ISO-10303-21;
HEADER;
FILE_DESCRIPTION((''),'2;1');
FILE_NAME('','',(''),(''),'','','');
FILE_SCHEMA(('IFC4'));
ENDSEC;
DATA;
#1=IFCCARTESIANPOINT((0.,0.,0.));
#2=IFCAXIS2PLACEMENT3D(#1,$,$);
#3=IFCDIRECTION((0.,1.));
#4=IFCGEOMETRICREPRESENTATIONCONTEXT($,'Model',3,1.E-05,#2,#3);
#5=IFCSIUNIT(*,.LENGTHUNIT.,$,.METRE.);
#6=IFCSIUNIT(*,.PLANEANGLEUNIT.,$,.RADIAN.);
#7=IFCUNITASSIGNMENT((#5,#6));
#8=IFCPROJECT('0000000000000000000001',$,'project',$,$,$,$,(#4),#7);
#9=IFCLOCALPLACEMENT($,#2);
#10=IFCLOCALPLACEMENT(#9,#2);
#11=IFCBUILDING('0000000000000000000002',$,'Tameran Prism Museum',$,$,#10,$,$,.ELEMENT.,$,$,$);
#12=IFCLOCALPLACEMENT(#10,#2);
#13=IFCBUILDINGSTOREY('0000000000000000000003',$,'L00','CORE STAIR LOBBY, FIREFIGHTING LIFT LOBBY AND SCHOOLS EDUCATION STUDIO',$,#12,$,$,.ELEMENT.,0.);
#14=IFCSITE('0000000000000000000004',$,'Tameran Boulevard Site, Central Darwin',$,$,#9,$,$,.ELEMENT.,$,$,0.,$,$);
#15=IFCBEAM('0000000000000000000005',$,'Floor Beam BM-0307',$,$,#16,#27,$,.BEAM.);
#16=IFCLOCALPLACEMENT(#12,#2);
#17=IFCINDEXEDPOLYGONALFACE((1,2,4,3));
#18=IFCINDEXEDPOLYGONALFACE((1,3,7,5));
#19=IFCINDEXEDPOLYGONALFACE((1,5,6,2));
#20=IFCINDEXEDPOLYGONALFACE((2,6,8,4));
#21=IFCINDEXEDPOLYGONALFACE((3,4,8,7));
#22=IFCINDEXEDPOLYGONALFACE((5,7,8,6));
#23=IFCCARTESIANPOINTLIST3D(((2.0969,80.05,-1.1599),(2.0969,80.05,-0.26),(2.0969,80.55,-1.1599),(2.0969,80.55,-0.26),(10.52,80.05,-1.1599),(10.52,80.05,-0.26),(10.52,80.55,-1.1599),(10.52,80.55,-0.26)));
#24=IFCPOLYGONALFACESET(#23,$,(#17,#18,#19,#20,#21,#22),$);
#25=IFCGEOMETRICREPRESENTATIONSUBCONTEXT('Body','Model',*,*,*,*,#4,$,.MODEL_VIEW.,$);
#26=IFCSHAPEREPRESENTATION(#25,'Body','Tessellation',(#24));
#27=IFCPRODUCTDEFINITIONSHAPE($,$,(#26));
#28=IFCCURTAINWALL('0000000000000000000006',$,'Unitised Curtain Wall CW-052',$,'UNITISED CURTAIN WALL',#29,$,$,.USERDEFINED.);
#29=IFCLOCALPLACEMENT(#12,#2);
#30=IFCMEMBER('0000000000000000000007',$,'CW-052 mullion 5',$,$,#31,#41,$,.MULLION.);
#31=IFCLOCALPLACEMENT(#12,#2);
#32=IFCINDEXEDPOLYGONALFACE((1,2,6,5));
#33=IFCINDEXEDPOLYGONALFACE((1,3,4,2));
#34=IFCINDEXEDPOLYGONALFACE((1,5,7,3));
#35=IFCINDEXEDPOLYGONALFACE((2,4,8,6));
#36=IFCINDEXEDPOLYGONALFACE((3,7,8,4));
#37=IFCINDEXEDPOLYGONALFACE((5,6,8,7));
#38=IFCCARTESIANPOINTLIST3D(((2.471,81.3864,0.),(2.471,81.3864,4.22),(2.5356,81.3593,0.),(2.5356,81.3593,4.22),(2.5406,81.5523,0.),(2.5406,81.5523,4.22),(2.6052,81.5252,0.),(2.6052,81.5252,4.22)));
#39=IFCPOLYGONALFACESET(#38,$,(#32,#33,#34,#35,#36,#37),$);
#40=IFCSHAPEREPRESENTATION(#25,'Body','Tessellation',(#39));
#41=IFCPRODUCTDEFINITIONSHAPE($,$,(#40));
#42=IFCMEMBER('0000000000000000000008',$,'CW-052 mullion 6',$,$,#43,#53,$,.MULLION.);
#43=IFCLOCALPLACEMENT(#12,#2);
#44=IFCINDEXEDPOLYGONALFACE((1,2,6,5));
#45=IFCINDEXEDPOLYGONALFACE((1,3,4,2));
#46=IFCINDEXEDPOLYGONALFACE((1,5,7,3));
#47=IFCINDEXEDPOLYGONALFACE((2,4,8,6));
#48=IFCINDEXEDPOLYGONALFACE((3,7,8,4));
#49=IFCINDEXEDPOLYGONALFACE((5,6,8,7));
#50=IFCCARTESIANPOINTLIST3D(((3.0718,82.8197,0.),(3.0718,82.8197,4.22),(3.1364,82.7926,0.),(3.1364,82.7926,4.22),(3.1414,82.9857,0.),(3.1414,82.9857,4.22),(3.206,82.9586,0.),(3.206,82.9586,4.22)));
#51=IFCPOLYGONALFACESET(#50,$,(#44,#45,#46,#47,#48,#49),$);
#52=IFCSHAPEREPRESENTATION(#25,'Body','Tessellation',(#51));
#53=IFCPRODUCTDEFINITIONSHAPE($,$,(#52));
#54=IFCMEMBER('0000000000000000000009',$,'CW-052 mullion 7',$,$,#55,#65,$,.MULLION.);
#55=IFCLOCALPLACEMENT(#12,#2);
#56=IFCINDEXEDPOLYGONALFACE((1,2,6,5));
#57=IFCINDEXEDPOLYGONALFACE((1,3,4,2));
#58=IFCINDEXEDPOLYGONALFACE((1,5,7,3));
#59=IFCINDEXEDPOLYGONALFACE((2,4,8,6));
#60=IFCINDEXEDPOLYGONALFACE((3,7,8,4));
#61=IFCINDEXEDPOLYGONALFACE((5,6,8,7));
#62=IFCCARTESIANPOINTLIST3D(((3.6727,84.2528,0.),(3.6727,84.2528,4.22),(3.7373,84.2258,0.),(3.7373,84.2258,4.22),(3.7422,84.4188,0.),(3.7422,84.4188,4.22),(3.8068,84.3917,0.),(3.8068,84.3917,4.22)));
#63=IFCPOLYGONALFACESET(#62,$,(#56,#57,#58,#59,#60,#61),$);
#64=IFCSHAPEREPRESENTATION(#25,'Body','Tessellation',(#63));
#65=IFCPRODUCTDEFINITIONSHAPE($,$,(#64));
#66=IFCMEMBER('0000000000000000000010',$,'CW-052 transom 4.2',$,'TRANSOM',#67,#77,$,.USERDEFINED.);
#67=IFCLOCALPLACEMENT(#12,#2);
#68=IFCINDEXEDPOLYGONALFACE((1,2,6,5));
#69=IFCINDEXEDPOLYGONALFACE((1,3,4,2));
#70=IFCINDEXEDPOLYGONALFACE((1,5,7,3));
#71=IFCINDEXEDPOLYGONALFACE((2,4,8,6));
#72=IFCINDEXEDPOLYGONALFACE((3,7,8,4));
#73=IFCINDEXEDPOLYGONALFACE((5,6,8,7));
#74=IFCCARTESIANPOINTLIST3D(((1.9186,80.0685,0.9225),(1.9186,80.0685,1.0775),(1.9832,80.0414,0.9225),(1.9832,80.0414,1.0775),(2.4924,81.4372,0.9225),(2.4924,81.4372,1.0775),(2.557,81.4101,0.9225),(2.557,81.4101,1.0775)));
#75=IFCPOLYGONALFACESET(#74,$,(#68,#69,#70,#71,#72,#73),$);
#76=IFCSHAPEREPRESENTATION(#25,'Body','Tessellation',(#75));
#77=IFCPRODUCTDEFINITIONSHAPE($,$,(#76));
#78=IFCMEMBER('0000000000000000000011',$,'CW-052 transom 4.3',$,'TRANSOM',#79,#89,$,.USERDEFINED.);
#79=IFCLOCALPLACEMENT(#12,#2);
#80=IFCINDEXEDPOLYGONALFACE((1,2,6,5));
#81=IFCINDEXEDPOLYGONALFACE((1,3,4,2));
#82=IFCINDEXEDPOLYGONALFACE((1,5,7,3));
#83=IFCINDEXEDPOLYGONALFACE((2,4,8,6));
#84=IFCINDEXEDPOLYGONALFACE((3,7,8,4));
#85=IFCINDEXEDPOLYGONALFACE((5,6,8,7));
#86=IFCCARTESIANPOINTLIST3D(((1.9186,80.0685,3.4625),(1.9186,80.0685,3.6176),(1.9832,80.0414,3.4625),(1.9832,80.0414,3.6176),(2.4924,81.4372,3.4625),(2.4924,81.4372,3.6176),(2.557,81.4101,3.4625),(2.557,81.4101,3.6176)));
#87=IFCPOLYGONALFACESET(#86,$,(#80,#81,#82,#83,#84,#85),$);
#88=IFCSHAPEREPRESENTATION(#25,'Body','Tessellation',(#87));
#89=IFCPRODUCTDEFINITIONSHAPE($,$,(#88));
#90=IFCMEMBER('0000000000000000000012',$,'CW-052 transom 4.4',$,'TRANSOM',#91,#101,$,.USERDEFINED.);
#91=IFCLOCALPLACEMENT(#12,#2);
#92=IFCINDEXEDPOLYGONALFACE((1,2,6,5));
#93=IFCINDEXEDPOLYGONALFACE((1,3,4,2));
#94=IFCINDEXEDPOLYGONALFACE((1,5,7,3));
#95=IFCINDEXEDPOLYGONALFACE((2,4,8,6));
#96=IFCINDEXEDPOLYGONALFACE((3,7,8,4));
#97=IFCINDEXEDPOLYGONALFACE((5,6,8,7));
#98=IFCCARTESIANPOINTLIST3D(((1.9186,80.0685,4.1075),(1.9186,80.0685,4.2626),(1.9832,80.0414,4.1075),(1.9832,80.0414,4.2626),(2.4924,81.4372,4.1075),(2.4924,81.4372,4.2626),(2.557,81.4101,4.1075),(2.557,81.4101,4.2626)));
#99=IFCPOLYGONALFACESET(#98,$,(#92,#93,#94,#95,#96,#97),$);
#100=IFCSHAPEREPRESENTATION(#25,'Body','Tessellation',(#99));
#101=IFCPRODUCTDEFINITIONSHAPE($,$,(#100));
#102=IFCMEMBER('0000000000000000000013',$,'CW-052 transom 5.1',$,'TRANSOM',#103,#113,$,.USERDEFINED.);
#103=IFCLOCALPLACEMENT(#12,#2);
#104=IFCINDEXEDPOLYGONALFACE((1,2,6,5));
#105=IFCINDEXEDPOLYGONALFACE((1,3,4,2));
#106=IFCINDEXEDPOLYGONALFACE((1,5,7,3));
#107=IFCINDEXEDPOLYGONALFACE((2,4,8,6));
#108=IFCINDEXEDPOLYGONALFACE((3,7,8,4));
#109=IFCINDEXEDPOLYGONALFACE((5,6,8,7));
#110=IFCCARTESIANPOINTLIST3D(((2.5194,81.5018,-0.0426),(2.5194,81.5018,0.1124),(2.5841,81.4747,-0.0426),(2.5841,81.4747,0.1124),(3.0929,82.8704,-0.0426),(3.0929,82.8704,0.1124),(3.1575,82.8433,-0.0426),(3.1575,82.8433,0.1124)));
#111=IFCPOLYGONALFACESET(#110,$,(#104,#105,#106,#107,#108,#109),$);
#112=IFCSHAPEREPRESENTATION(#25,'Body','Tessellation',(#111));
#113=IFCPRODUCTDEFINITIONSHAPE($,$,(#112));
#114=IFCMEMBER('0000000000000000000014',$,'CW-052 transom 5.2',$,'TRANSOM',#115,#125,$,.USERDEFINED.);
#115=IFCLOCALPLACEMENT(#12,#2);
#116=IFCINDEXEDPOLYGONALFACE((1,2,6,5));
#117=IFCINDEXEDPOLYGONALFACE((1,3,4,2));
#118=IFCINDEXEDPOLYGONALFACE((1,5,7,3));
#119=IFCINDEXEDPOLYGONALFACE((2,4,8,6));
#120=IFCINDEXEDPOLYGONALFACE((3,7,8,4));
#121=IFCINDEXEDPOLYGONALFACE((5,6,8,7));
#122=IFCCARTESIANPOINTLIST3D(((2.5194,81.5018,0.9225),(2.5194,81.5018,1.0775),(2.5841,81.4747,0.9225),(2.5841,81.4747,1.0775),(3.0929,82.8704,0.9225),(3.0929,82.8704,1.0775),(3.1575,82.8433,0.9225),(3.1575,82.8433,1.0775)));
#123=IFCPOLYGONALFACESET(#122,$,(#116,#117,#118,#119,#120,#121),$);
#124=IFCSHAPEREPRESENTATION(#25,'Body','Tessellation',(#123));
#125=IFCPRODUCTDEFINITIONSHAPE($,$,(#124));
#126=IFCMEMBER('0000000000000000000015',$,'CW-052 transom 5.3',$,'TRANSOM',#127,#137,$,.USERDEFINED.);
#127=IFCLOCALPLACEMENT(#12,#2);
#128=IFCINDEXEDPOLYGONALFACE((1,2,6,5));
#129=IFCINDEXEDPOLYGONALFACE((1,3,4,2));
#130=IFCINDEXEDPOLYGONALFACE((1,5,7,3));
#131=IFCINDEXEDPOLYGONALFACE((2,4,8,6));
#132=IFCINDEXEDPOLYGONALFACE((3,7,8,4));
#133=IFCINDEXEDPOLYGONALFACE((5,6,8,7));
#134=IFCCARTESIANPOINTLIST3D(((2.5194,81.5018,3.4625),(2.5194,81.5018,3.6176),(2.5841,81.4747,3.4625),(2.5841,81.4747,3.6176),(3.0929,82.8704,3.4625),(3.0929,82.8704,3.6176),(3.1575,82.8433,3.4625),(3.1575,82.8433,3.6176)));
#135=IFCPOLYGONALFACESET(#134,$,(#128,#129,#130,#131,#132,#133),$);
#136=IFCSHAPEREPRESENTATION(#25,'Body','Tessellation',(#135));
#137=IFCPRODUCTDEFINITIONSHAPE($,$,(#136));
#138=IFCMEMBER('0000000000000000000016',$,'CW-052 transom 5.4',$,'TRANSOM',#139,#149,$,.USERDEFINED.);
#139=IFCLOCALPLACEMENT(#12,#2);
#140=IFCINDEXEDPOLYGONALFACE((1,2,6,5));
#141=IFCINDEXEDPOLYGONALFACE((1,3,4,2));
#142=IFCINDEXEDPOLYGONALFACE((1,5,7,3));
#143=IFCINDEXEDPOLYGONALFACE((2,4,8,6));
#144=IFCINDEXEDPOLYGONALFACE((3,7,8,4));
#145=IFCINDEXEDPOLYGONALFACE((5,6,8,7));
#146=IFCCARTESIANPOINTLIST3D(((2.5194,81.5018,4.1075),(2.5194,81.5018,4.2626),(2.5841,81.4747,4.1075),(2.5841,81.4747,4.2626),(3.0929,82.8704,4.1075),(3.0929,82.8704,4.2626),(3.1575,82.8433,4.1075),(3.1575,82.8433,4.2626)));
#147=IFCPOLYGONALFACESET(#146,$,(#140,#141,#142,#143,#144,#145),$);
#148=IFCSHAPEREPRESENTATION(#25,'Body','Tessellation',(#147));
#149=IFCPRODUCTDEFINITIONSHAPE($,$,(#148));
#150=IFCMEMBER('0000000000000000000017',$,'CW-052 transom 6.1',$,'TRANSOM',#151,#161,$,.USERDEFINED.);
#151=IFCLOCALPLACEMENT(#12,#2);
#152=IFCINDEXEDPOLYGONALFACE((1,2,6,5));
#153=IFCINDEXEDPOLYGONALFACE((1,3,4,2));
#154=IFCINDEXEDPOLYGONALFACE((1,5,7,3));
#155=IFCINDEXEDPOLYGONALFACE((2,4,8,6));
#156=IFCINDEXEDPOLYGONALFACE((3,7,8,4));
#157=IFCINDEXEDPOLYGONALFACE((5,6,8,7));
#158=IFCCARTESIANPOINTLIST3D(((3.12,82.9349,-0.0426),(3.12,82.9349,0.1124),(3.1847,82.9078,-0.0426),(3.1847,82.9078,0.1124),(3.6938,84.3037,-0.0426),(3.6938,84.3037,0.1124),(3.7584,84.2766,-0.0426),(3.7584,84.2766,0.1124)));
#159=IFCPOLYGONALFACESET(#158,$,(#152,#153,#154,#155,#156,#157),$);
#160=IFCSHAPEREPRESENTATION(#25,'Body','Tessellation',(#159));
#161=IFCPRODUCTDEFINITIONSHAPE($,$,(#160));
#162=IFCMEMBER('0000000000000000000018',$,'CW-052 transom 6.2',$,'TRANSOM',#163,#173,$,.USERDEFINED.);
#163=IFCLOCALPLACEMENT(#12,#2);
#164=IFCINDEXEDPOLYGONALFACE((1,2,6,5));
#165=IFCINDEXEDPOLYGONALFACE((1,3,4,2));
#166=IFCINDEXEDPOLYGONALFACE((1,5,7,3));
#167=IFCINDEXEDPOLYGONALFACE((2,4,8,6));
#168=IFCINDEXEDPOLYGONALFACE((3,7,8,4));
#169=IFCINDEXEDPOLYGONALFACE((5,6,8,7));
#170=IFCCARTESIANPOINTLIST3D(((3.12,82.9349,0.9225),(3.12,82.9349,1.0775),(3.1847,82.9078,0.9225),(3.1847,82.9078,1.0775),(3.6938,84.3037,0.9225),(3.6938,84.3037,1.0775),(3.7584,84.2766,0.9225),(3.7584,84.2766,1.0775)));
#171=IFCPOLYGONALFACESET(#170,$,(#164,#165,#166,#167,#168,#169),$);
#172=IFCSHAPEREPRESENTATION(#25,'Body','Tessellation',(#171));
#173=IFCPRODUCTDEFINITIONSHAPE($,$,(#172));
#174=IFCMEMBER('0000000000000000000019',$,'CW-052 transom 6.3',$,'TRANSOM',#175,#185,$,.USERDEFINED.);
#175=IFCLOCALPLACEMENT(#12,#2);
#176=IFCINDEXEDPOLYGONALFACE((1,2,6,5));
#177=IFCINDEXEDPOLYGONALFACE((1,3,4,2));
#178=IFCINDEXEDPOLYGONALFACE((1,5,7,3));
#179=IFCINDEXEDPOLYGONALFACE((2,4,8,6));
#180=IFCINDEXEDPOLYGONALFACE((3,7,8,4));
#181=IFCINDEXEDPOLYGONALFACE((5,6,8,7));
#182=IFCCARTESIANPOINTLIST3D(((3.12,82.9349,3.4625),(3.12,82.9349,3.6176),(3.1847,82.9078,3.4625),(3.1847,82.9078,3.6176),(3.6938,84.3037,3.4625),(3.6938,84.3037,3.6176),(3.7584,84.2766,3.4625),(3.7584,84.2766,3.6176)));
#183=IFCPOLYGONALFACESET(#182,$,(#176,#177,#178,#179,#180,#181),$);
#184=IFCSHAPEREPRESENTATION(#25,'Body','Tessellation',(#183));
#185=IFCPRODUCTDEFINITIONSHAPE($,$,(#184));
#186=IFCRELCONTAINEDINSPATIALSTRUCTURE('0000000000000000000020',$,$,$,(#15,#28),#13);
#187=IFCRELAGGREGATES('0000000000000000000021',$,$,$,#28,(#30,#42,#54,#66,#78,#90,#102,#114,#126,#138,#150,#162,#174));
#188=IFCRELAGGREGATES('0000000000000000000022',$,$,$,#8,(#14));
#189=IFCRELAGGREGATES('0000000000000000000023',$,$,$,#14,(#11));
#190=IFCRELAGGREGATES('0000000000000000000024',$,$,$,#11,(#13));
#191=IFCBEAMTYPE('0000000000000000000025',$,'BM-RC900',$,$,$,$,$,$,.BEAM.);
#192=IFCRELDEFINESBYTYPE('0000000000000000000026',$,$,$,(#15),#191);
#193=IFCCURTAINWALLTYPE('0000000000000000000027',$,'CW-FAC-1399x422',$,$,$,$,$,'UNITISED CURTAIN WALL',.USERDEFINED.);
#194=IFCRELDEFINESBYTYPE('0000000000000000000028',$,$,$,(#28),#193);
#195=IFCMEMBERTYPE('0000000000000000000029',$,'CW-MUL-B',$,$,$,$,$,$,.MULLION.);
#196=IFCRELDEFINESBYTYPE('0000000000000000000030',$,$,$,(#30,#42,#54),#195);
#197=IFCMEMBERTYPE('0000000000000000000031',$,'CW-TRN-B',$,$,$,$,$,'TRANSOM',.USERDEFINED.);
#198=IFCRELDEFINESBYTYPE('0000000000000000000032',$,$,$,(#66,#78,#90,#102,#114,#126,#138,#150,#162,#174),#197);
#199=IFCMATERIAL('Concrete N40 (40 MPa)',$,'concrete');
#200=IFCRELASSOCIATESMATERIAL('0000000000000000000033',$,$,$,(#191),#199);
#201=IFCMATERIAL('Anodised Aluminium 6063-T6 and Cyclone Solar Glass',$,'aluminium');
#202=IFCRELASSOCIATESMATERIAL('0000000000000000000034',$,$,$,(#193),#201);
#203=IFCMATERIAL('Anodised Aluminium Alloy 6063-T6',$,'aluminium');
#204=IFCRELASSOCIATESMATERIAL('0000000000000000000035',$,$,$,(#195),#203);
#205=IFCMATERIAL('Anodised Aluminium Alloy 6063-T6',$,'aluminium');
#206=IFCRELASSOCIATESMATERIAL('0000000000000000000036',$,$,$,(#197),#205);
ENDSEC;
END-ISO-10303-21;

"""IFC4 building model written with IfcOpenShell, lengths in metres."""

from ifc_helpers import new_model, si_unit, direction, frame, origin, origin_2d, place, context, subcontext, project, spatial, rectangle, extrude, material, material_profile, profile_set, type_object, element, aggregate, save


model = new_model("IFC4")

# Units and contexts
model_context = context("Model", 3, precision=1e-05, world=origin(), true_north=direction((0.0, 1.0)))
body_context = subcontext(model_context, "Body", "Model", "MODEL_VIEW")
ifc_project = project(units=[si_unit("LENGTHUNIT", "METRE"), si_unit("PLANEANGLEUNIT", "RADIAN")], contexts=[model_context])

# Site, building, storey
site_placement = place(None, origin())
site = spatial("IfcSite", under=ifc_project, at=site_placement, Name="Tameran Boulevard Site, Central Darwin", CompositionType="ELEMENT", RefElevation=0.0)
building_placement = place(site_placement, origin())
building = spatial("IfcBuilding", under=site, at=building_placement, Name="Tameran Prism Museum", CompositionType="ELEMENT")
storey_placement = place(building_placement, origin())
storey = spatial("IfcBuildingStorey", under=building, at=storey_placement, Name="L00", Description="CORE STAIR LOBBY, FIREFIGHTING LIFT LOBBY AND SCHOOLS EDUCATION STUDIO", CompositionType="ELEMENT", Elevation=0.0)

# Beam
ifc_material_1 = material(Name="Concrete N40 (40 MPa)", Category="concrete")
ifc_material_profile_1 = material_profile(ifc_material_1, rectangle(XDim=0.5, YDim=0.8999, at=origin_2d()))
ifc_profile_set_1 = profile_set([ifc_material_profile_1])
beam_type = type_object("IfcBeamType", Name="BM-RC900", PredefinedType="BEAM", material=ifc_profile_set_1)
beam_placement = place(storey_placement, frame((2.0969, 80.3, -0.71), z_axis=(1.0, 0.0, 0.0), x_axis=(0.0, 1.0, 0.0)))
element("IfcBeam", 1, at=beam_placement, inside=storey, type_object=beam_type, Name="Floor Beam BM-0307", PredefinedType="BEAM", context=body_context, shape_type="SweptSolid", body=[
    extrude(rectangle(XDim=0.5, YDim=0.8999, at=origin_2d()), origin(), (0.0, 0.0, 1.0), 8.4231),
])

# Curtain wall, members
ifc_material_2 = material(Name="Anodised Aluminium 6063-T6 and Cyclone Solar Glass", Category="aluminium")
curtain_wall_type = type_object("IfcCurtainWallType", Name="CW-FAC-1399x422", ElementType="UNITISED CURTAIN WALL", PredefinedType="USERDEFINED", material=ifc_material_2)
curtain_wall_placement = place(storey_placement, origin())
curtain_wall = element("IfcCurtainWall", 2, at=curtain_wall_placement, inside=storey, type_object=curtain_wall_type, Name="Unitised Curtain Wall CW-052", ObjectType="UNITISED CURTAIN WALL", PredefinedType="USERDEFINED")
ifc_material_3 = material(Name="Anodised Aluminium Alloy 6063-T6", Category="aluminium")
ifc_material_profile_2 = material_profile(ifc_material_3, rectangle(XDim=0.0701, YDim=0.1799, at=origin_2d()))
ifc_profile_set_2 = profile_set([ifc_material_profile_2])
member_type_1 = type_object("IfcMemberType", Name="CW-MUL-B", PredefinedType="MULLION", material=ifc_profile_set_2)
member_1_placement = place(storey_placement, frame((2.5381, 81.4558, 0.0), z_axis=(0.0, 0.0, 1.0), x_axis=(-0.922252, 0.386589, 0.0)))
member_1 = element("IfcMember", 3, at=member_1_placement, type_object=member_type_1, Name="CW-052 mullion 5", PredefinedType="MULLION", context=body_context, shape_type="SweptSolid", body=[
    extrude(rectangle(XDim=0.0701, YDim=0.1799, at=origin_2d()), origin(), (0.0, 0.0, 1.0), 4.22),
])
member_2_placement = place(storey_placement, frame((3.1389, 82.8892, 0.0), z_axis=(0.0, 0.0, 1.0), x_axis=(-0.922252, 0.386589, 0.0)))
member_2 = element("IfcMember", 4, at=member_2_placement, type_object=member_type_1, Name="CW-052 mullion 6", PredefinedType="MULLION", context=body_context, shape_type="SweptSolid", body=[
    extrude(rectangle(XDim=0.0701, YDim=0.1799, at=origin_2d()), origin(), (0.0, 0.0, 1.0), 4.22),
])
member_3_placement = place(storey_placement, frame((3.7397, 84.3223, 0.0), z_axis=(0.0, 0.0, 1.0), x_axis=(-0.922252, 0.386589, 0.0)))
member_3 = element("IfcMember", 5, at=member_3_placement, type_object=member_type_1, Name="CW-052 mullion 7", PredefinedType="MULLION", context=body_context, shape_type="SweptSolid", body=[
    extrude(rectangle(XDim=0.0701, YDim=0.1799, at=origin_2d()), origin(), (0.0, 0.0, 1.0), 4.22),
])
ifc_material_4 = material(Name="Anodised Aluminium Alloy 6063-T6", Category="aluminium")
ifc_material_profile_3 = material_profile(ifc_material_4, rectangle(XDim=0.0701, YDim=0.155, at=origin_2d()))
ifc_profile_set_3 = profile_set([ifc_material_profile_3])
member_type_2 = type_object("IfcMemberType", Name="CW-TRN-B", ElementType="TRANSOM", PredefinedType="USERDEFINED", material=ifc_profile_set_3)
member_4_placement = place(storey_placement, frame((1.9509, 80.0549, 1.0), z_axis=(0.3866, 0.922247, 0.0), x_axis=(-0.922247, 0.3866, 0.0)))
member_4 = element("IfcMember", 6, at=member_4_placement, type_object=member_type_2, Name="CW-052 transom 4.2", ObjectType="TRANSOM", PredefinedType="USERDEFINED", context=body_context, shape_type="SweptSolid", body=[
    extrude(rectangle(XDim=0.0701, YDim=0.155, at=origin_2d()), origin(), (0.0, 0.0, 1.0), 1.4841),
])
member_5_placement = place(storey_placement, frame((1.9509, 80.0549, 3.54), z_axis=(0.3866, 0.922247, 0.0), x_axis=(-0.922247, 0.3866, 0.0)))
member_5 = element("IfcMember", 7, at=member_5_placement, type_object=member_type_2, Name="CW-052 transom 4.3", ObjectType="TRANSOM", PredefinedType="USERDEFINED", context=body_context, shape_type="SweptSolid", body=[
    extrude(rectangle(XDim=0.0701, YDim=0.155, at=origin_2d()), origin(), (0.0, 0.0, 1.0), 1.4841),
])
member_6_placement = place(storey_placement, frame((1.9509, 80.0549, 4.1851), z_axis=(0.3866, 0.922247, 0.0), x_axis=(-0.922247, 0.3866, 0.0)))
member_6 = element("IfcMember", 8, at=member_6_placement, type_object=member_type_2, Name="CW-052 transom 4.4", ObjectType="TRANSOM", PredefinedType="USERDEFINED", context=body_context, shape_type="SweptSolid", body=[
    extrude(rectangle(XDim=0.0701, YDim=0.155, at=origin_2d()), origin(), (0.0, 0.0, 1.0), 1.4841),
])
member_7_placement = place(storey_placement, frame((2.5518, 81.4883, 0.0349), z_axis=(0.38646, 0.922306, 0.0), x_axis=(-0.922306, 0.38646, 0.0)))
member_7 = element("IfcMember", 9, at=member_7_placement, type_object=member_type_2, Name="CW-052 transom 5.1", ObjectType="TRANSOM", PredefinedType="USERDEFINED", context=body_context, shape_type="SweptSolid", body=[
    extrude(rectangle(XDim=0.0701, YDim=0.155, at=origin_2d()), origin(), (0.0, 0.0, 1.0), 1.4839),
])
member_8_placement = place(storey_placement, frame((2.5518, 81.4883, 1.0), z_axis=(0.38646, 0.922306, 0.0), x_axis=(-0.922306, 0.38646, 0.0)))
member_8 = element("IfcMember", 10, at=member_8_placement, type_object=member_type_2, Name="CW-052 transom 5.2", ObjectType="TRANSOM", PredefinedType="USERDEFINED", context=body_context, shape_type="SweptSolid", body=[
    extrude(rectangle(XDim=0.0701, YDim=0.155, at=origin_2d()), origin(), (0.0, 0.0, 1.0), 1.4839),
])
member_9_placement = place(storey_placement, frame((2.5518, 81.4883, 3.54), z_axis=(0.38646, 0.922306, 0.0), x_axis=(-0.922306, 0.38646, 0.0)))
member_9 = element("IfcMember", 11, at=member_9_placement, type_object=member_type_2, Name="CW-052 transom 5.3", ObjectType="TRANSOM", PredefinedType="USERDEFINED", context=body_context, shape_type="SweptSolid", body=[
    extrude(rectangle(XDim=0.0701, YDim=0.155, at=origin_2d()), origin(), (0.0, 0.0, 1.0), 1.4839),
])
member_10_placement = place(storey_placement, frame((2.5518, 81.4883, 4.1851), z_axis=(0.38646, 0.922306, 0.0), x_axis=(-0.922306, 0.38646, 0.0)))
member_10 = element("IfcMember", 12, at=member_10_placement, type_object=member_type_2, Name="CW-052 transom 5.4", ObjectType="TRANSOM", PredefinedType="USERDEFINED", context=body_context, shape_type="SweptSolid", body=[
    extrude(rectangle(XDim=0.0701, YDim=0.155, at=origin_2d()), origin(), (0.0, 0.0, 1.0), 1.4839),
])
member_11_placement = place(storey_placement, frame((3.1523, 82.9214, 0.0349), z_axis=(0.3866, 0.922247, 0.0), x_axis=(-0.922247, 0.3866, 0.0)))
member_11 = element("IfcMember", 13, at=member_11_placement, type_object=member_type_2, Name="CW-052 transom 6.1", ObjectType="TRANSOM", PredefinedType="USERDEFINED", context=body_context, shape_type="SweptSolid", body=[
    extrude(rectangle(XDim=0.0701, YDim=0.155, at=origin_2d()), origin(), (0.0, 0.0, 1.0), 1.4841),
])
member_12_placement = place(storey_placement, frame((3.1523, 82.9214, 1.0), z_axis=(0.3866, 0.922247, 0.0), x_axis=(-0.922247, 0.3866, 0.0)))
member_12 = element("IfcMember", 14, at=member_12_placement, type_object=member_type_2, Name="CW-052 transom 6.2", ObjectType="TRANSOM", PredefinedType="USERDEFINED", context=body_context, shape_type="SweptSolid", body=[
    extrude(rectangle(XDim=0.0701, YDim=0.155, at=origin_2d()), origin(), (0.0, 0.0, 1.0), 1.4841),
])
member_13_placement = place(storey_placement, frame((3.1523, 82.9214, 3.54), z_axis=(0.3866, 0.922247, 0.0), x_axis=(-0.922247, 0.3866, 0.0)))
member_13 = element("IfcMember", 15, at=member_13_placement, type_object=member_type_2, Name="CW-052 transom 6.3", ObjectType="TRANSOM", PredefinedType="USERDEFINED", context=body_context, shape_type="SweptSolid", body=[
    extrude(rectangle(XDim=0.0701, YDim=0.155, at=origin_2d()), origin(), (0.0, 0.0, 1.0), 1.4841),
])
aggregate(curtain_wall, [member_1, member_2, member_3, member_4, member_5, member_6, member_7, member_8, member_9, member_10, member_11, member_12, member_13])

save(model, "model.ifc")
